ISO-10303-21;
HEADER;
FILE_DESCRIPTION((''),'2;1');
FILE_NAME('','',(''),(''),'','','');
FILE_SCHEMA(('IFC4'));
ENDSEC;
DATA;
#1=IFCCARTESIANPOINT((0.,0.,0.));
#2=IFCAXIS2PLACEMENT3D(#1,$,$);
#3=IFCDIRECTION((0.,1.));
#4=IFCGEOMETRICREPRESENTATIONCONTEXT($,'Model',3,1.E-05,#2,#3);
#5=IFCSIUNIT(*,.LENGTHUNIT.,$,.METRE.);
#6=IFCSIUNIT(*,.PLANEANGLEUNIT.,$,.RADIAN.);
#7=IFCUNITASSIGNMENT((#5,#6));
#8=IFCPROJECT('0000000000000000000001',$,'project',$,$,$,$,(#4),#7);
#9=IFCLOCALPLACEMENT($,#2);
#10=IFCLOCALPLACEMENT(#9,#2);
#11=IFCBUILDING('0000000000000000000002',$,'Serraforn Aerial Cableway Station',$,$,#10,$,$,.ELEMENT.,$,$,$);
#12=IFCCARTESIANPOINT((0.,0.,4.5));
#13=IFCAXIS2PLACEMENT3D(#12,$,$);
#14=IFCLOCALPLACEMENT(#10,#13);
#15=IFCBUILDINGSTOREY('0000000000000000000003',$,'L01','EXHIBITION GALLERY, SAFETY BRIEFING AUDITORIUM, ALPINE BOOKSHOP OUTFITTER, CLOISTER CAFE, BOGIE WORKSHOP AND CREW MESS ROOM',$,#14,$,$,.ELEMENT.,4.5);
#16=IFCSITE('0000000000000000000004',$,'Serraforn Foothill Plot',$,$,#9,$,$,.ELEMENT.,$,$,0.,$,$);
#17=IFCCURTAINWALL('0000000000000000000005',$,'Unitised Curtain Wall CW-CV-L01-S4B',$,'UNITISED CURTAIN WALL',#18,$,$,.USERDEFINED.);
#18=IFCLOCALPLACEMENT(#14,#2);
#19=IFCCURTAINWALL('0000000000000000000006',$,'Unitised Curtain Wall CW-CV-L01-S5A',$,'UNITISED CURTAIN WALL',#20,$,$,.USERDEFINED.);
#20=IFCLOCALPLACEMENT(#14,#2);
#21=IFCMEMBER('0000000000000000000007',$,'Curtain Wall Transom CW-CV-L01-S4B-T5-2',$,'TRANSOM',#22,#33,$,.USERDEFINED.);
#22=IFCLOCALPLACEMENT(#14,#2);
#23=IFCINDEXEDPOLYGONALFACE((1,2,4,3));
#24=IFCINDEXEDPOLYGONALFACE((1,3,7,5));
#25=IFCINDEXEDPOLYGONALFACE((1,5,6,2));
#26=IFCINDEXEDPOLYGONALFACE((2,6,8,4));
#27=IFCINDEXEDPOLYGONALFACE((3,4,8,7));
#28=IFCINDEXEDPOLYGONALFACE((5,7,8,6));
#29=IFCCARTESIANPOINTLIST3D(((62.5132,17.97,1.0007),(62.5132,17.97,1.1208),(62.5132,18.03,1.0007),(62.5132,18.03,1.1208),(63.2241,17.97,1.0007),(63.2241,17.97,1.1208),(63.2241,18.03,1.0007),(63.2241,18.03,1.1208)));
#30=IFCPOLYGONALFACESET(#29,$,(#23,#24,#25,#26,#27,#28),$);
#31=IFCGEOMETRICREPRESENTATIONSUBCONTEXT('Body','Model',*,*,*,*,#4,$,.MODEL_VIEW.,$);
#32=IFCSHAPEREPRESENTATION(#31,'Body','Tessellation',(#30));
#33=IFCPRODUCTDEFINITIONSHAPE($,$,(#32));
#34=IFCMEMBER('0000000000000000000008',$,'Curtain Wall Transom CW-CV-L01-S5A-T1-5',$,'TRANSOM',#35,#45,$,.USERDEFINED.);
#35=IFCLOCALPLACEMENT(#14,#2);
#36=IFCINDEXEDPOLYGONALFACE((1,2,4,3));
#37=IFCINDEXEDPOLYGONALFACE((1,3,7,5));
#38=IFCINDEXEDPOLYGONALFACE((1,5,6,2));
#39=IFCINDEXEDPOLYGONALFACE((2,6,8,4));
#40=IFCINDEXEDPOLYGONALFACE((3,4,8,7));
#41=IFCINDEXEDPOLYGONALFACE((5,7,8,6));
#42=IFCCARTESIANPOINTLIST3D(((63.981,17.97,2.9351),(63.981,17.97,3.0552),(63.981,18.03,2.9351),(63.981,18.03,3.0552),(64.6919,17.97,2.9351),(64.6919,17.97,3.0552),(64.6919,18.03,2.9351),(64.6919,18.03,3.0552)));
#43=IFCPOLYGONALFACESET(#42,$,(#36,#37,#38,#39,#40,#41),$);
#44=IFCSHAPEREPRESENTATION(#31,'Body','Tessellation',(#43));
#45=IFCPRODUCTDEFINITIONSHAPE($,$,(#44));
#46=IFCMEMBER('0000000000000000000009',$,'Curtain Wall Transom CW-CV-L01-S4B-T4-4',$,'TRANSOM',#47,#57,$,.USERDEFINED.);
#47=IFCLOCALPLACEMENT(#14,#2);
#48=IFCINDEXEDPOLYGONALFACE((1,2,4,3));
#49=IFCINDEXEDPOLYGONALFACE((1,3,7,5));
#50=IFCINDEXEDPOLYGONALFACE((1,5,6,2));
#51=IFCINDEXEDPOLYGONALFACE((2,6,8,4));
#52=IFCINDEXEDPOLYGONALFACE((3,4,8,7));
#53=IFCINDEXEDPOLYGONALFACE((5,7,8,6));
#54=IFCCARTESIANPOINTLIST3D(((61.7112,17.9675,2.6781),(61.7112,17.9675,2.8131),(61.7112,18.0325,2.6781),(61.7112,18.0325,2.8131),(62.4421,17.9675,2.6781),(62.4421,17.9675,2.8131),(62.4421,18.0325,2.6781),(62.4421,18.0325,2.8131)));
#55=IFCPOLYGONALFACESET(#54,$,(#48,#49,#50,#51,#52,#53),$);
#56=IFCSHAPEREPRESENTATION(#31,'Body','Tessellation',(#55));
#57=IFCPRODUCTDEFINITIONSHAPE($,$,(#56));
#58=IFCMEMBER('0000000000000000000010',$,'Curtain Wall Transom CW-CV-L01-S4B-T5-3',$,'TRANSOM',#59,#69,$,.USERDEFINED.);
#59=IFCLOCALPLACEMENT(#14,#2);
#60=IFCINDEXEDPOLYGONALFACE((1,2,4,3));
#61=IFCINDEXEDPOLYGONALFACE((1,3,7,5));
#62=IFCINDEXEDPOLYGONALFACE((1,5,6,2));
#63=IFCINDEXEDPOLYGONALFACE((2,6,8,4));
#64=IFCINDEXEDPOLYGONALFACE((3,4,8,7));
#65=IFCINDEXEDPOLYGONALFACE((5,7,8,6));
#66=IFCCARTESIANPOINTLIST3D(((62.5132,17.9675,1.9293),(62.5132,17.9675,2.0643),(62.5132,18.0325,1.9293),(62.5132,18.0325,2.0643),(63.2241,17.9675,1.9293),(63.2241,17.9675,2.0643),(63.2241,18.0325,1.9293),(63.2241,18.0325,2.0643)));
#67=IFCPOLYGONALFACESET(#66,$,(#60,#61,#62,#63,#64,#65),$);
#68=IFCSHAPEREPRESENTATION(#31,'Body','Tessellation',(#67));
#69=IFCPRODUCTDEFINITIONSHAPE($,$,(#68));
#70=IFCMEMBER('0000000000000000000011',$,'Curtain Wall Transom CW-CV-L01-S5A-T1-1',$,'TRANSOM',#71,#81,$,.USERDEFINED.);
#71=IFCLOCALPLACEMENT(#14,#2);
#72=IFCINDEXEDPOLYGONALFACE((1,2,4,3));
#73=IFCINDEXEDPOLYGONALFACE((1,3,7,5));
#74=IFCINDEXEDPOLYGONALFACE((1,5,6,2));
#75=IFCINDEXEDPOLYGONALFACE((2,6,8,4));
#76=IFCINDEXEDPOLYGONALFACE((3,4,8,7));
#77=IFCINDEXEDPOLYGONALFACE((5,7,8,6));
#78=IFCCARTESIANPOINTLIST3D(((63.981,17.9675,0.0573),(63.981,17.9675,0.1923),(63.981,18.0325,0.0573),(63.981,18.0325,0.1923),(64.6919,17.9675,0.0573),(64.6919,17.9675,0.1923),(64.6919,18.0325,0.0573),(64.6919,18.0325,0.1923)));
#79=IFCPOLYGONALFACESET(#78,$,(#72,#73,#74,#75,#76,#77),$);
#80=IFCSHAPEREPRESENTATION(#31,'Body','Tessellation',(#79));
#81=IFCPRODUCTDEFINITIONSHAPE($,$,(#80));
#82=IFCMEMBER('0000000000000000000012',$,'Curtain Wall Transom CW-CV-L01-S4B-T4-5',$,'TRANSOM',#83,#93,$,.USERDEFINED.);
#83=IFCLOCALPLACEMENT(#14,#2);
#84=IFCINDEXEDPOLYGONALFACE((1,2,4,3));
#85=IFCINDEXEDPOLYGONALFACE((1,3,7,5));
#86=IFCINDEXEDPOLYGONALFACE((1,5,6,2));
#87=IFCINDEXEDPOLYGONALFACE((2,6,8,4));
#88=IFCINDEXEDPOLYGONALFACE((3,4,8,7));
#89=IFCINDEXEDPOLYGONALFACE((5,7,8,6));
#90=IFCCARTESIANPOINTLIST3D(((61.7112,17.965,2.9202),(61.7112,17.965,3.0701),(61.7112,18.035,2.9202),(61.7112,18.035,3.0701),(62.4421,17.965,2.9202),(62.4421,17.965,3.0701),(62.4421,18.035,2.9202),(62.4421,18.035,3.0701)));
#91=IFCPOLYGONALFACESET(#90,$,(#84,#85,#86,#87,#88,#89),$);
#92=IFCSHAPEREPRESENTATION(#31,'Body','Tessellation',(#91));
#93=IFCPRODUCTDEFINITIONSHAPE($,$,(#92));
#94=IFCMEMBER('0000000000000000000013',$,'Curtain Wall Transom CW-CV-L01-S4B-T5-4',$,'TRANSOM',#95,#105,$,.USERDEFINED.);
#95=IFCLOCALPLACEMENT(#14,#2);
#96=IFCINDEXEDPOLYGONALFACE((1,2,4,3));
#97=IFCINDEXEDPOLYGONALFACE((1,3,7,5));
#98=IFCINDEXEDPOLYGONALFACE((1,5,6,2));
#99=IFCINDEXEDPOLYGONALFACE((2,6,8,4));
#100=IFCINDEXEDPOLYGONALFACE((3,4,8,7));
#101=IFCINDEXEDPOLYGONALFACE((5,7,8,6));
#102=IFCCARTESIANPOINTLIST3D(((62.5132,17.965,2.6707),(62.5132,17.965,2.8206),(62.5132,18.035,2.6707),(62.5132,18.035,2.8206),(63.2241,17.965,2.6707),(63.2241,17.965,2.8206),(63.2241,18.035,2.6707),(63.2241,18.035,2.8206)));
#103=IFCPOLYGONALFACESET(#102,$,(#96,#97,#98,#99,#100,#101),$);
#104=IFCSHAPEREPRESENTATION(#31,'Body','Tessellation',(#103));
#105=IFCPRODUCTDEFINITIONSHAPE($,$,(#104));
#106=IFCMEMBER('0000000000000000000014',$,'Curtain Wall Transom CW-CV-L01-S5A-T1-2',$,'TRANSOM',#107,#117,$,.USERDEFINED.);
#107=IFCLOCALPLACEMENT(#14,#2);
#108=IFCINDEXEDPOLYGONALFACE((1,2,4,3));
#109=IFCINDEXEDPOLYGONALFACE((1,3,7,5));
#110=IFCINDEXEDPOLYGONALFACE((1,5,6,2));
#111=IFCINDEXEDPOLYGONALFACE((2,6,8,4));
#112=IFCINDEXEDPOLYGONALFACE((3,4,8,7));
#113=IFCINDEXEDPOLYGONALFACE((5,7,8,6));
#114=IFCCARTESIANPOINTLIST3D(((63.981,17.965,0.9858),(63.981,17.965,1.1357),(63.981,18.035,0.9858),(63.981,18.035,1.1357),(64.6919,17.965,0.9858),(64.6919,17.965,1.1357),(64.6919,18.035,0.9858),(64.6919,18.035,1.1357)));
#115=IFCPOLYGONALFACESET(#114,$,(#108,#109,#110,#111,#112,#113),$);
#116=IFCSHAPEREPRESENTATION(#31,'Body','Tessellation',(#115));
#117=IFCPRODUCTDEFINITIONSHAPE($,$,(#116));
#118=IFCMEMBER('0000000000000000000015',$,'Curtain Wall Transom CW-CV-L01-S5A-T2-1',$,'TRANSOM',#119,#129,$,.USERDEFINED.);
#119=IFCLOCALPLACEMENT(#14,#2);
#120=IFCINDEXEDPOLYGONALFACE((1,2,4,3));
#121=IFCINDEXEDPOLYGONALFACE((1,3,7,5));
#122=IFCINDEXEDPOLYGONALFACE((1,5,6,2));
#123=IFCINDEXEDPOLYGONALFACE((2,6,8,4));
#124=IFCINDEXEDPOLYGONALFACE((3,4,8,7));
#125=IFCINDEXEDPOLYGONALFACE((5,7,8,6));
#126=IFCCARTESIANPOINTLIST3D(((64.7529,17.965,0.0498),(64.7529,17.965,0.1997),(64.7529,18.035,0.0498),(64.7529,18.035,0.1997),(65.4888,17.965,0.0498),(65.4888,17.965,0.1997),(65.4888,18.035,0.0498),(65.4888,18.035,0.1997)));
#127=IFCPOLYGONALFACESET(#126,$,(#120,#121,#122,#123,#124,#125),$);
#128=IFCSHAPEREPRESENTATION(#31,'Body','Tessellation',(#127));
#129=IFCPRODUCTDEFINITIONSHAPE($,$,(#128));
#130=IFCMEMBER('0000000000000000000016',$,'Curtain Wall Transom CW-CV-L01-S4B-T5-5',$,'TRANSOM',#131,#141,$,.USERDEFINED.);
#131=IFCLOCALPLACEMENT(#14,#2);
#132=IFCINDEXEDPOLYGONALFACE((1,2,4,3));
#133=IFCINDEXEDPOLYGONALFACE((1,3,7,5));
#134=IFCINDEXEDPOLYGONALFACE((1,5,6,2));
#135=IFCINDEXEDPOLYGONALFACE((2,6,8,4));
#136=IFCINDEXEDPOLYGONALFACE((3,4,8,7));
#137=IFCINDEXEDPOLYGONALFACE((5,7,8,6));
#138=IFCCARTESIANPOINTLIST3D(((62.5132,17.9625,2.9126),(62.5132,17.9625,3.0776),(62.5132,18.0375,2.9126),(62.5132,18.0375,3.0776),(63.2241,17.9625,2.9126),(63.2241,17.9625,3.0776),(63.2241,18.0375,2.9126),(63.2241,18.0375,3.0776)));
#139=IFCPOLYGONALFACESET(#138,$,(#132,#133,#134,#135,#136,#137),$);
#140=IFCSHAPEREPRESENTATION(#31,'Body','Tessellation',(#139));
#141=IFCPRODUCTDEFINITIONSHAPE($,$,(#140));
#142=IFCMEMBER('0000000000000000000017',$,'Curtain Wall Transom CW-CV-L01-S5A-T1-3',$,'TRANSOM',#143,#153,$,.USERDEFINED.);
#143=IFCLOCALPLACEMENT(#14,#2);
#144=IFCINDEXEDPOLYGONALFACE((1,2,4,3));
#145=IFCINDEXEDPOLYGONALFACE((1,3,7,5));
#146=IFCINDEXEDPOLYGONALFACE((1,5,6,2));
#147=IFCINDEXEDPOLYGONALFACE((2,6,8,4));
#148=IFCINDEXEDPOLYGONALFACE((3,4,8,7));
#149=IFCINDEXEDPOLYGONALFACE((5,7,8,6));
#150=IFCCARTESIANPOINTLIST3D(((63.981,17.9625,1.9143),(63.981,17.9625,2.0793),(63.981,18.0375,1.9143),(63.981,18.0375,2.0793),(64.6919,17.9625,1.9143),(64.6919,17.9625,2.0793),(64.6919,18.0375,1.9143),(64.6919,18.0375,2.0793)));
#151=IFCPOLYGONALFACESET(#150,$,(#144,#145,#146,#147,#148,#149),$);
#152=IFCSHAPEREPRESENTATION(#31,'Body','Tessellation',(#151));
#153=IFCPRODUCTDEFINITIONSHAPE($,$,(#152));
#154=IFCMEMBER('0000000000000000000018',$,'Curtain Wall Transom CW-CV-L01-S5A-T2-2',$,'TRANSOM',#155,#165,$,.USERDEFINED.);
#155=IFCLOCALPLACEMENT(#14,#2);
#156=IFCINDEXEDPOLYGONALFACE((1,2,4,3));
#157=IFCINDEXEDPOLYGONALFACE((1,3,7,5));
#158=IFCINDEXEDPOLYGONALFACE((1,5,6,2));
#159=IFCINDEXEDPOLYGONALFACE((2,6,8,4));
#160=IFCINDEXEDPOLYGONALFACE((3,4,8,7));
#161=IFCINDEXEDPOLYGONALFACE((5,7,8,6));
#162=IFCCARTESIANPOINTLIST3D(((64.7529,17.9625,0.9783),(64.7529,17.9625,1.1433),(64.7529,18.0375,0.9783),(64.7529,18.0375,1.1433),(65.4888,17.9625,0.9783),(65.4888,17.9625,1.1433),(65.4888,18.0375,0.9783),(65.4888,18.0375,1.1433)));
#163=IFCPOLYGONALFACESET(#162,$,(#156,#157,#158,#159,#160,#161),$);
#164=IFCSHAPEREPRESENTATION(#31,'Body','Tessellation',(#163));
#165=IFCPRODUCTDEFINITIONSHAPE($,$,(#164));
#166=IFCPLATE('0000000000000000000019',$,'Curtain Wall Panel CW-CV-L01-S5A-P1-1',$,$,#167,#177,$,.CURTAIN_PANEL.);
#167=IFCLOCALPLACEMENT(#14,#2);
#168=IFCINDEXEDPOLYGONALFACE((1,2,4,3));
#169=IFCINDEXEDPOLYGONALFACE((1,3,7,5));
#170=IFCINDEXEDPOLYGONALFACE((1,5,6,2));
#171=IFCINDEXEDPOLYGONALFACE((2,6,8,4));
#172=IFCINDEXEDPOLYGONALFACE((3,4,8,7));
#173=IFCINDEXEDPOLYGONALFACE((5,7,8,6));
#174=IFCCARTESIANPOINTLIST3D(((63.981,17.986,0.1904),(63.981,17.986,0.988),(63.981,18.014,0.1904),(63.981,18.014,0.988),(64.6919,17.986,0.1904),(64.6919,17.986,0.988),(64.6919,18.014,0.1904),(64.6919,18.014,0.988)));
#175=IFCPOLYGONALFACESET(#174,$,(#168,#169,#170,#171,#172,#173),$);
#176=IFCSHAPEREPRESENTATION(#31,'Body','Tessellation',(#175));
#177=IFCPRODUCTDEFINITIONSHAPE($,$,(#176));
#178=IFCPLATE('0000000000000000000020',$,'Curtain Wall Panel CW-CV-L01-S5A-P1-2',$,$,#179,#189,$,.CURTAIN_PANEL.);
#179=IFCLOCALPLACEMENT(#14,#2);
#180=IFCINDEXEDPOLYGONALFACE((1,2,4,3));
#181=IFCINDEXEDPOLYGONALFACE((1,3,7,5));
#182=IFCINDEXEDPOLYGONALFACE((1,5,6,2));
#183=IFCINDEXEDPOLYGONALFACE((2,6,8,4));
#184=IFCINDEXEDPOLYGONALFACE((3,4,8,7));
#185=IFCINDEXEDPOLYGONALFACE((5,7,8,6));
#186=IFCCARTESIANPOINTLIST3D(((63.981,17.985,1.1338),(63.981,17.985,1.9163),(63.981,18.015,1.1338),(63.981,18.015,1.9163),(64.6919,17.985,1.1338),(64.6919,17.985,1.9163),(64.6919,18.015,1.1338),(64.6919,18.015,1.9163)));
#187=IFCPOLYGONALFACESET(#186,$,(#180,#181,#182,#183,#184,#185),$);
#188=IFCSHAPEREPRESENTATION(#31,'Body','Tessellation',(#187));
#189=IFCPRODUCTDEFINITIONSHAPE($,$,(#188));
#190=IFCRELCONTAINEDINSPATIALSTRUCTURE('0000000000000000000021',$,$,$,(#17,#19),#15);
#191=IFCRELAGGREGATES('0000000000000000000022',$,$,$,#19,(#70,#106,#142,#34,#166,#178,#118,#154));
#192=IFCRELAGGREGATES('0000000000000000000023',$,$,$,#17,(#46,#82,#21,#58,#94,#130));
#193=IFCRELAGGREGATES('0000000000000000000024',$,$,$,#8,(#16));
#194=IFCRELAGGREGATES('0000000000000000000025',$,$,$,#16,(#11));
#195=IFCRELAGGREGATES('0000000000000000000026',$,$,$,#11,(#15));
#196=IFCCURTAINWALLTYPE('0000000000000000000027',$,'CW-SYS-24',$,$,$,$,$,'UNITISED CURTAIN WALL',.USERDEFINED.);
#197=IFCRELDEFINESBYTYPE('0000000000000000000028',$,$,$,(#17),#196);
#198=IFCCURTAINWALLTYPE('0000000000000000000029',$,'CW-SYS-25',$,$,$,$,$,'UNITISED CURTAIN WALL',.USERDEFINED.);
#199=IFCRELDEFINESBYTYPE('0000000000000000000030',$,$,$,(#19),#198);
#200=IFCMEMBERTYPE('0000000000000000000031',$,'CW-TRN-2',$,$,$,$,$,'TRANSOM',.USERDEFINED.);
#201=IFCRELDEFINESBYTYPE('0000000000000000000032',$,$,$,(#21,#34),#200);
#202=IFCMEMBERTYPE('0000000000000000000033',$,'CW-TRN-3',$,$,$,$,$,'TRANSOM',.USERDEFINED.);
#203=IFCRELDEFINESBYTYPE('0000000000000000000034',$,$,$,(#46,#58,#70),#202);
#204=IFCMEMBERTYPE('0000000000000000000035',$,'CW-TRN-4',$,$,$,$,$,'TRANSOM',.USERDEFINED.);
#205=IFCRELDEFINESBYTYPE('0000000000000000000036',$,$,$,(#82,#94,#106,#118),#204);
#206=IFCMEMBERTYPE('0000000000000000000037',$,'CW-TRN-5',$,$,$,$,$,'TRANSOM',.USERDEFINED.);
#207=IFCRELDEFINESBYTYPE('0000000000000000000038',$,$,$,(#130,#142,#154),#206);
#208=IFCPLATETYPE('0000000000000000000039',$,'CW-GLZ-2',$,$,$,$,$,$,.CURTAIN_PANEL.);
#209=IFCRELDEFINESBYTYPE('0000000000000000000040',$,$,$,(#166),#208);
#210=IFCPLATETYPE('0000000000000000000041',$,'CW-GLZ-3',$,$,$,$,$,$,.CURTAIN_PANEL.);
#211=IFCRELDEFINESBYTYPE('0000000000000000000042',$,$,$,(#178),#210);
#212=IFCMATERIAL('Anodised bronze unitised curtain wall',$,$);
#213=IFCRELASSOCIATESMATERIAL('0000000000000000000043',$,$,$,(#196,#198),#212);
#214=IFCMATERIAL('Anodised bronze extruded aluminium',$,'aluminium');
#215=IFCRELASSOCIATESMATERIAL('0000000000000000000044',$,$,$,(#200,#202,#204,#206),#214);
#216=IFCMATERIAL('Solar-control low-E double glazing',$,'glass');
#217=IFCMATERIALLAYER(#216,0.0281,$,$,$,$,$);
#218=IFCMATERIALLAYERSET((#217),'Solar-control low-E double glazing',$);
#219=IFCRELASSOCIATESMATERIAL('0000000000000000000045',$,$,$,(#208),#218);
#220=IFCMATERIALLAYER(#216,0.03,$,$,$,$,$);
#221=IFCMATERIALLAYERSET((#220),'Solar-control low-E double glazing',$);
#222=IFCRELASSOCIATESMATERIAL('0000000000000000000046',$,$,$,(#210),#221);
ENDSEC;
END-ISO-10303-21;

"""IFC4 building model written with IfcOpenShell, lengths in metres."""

from ifc_helpers import new_model, si_unit, direction, frame, origin, origin_2d, place, context, subcontext, project, spatial, rectangle, extrude, material, layer, layer_set, material_profile, profile_set, type_object, element, aggregate, save


model = new_model("IFC4")

# Units and contexts
model_context = context("Model", 3, precision=1e-05, world=origin(), true_north=direction((0.0, 1.0)))
body_context = subcontext(model_context, "Body", "Model", "MODEL_VIEW")
ifc_project = project(units=[si_unit("LENGTHUNIT", "METRE"), si_unit("PLANEANGLEUNIT", "RADIAN")], contexts=[model_context])

# Site, building, storey
site_placement = place(None, origin())
site = spatial("IfcSite", under=ifc_project, at=site_placement, Name="Serraforn Foothill Plot", CompositionType="ELEMENT", RefElevation=0.0)
building_placement = place(site_placement, origin())
building = spatial("IfcBuilding", under=site, at=building_placement, Name="Serraforn Aerial Cableway Station", CompositionType="ELEMENT")
storey_placement = place(building_placement, frame((0.0, 0.0, 4.5)))
storey = spatial("IfcBuildingStorey", under=building, at=storey_placement, Name="L01", Description="EXHIBITION GALLERY, SAFETY BRIEFING AUDITORIUM, ALPINE BOOKSHOP OUTFITTER, CLOISTER CAFE, BOGIE WORKSHOP AND CREW MESS ROOM", CompositionType="ELEMENT", Elevation=4.5)

# Curtain wall
ifc_material_1 = material(Name="Anodised bronze unitised curtain wall")
curtain_wall_type_1 = type_object("IfcCurtainWallType", Name="CW-SYS-24", ElementType="UNITISED CURTAIN WALL", PredefinedType="USERDEFINED", material=ifc_material_1)
curtain_wall_1_placement = place(storey_placement, origin())
curtain_wall_1 = element("IfcCurtainWall", 1, at=curtain_wall_1_placement, inside=storey, type_object=curtain_wall_type_1, Name="Unitised Curtain Wall CW-CV-L01-S4B", ObjectType="UNITISED CURTAIN WALL", PredefinedType="USERDEFINED")
ifc_material_2 = material(Name="Anodised bronze extruded aluminium", Category="aluminium")

# Curtain wall
curtain_wall_type_2 = type_object("IfcCurtainWallType", Name="CW-SYS-25", ElementType="UNITISED CURTAIN WALL", PredefinedType="USERDEFINED", material=ifc_material_1)
curtain_wall_2_placement = place(storey_placement, origin())
curtain_wall_2 = element("IfcCurtainWall", 2, at=curtain_wall_2_placement, inside=storey, type_object=curtain_wall_type_2, Name="Unitised Curtain Wall CW-CV-L01-S5A", ObjectType="UNITISED CURTAIN WALL", PredefinedType="USERDEFINED")

# Members
ifc_material_profile_1 = material_profile(ifc_material_2, rectangle(XDim=0.0601, YDim=0.1201, at=origin_2d()), Name="CW TRANSOM 60x120")
ifc_profile_set_1 = profile_set([ifc_material_profile_1], Name="Anodised bronze extruded aluminium")
member_type_1 = type_object("IfcMemberType", Name="CW-TRN-2", ElementType="TRANSOM", PredefinedType="USERDEFINED", material=ifc_profile_set_1)
member_1_placement = place(storey_placement, frame((62.5132, 18.0, 1.0608), z_axis=(1.0, 0.0, 0.0), x_axis=(0.0, 1.0, 0.0)))
member_1 = element("IfcMember", 3, at=member_1_placement, type_object=member_type_1, Name="Curtain Wall Transom CW-CV-L01-S4B-T5-2", ObjectType="TRANSOM", PredefinedType="USERDEFINED", context=body_context, shape_type="SweptSolid", body=[
    extrude(rectangle(XDim=0.0601, YDim=0.1201, at=origin_2d()), origin(), (0.0, 0.0, 1.0), 0.7109),
])
member_2_placement = place(storey_placement, frame((63.981, 18.0, 2.9951), z_axis=(1.0, 0.0, 0.0), x_axis=(0.0, 1.0, 0.0)))
member_2 = element("IfcMember", 4, at=member_2_placement, type_object=member_type_1, Name="Curtain Wall Transom CW-CV-L01-S5A-T1-5", ObjectType="TRANSOM", PredefinedType="USERDEFINED", context=body_context, shape_type="SweptSolid", body=[
    extrude(rectangle(XDim=0.0601, YDim=0.1201, at=origin_2d()), origin(), (0.0, 0.0, 1.0), 0.7109),
])
ifc_material_profile_2 = material_profile(ifc_material_2, rectangle(XDim=0.0649, YDim=0.135, at=origin_2d()), Name="CW TRANSOM 65x135")
ifc_profile_set_2 = profile_set([ifc_material_profile_2], Name="Anodised bronze extruded aluminium")
member_type_2 = type_object("IfcMemberType", Name="CW-TRN-3", ElementType="TRANSOM", PredefinedType="USERDEFINED", material=ifc_profile_set_2)
member_3_placement = place(storey_placement, frame((61.7112, 18.0, 2.7456), z_axis=(1.0, 0.0, 0.0), x_axis=(0.0, 1.0, 0.0)))
member_3 = element("IfcMember", 5, at=member_3_placement, type_object=member_type_2, Name="Curtain Wall Transom CW-CV-L01-S4B-T4-4", ObjectType="TRANSOM", PredefinedType="USERDEFINED", context=body_context, shape_type="SweptSolid", body=[
    extrude(rectangle(XDim=0.0649, YDim=0.135, at=origin_2d()), origin(), (0.0, 0.0, 1.0), 0.731),
])
member_4_placement = place(storey_placement, frame((62.5132, 18.0, 1.9968), z_axis=(1.0, 0.0, 0.0), x_axis=(0.0, 1.0, 0.0)))
member_4 = element("IfcMember", 6, at=member_4_placement, type_object=member_type_2, Name="Curtain Wall Transom CW-CV-L01-S4B-T5-3", ObjectType="TRANSOM", PredefinedType="USERDEFINED", context=body_context, shape_type="SweptSolid", body=[
    extrude(rectangle(XDim=0.0649, YDim=0.135, at=origin_2d()), origin(), (0.0, 0.0, 1.0), 0.7109),
])
member_5_placement = place(storey_placement, frame((63.981, 18.0, 0.1248), z_axis=(1.0, 0.0, 0.0), x_axis=(0.0, 1.0, 0.0)))
member_5 = element("IfcMember", 7, at=member_5_placement, type_object=member_type_2, Name="Curtain Wall Transom CW-CV-L01-S5A-T1-1", ObjectType="TRANSOM", PredefinedType="USERDEFINED", context=body_context, shape_type="SweptSolid", body=[
    extrude(rectangle(XDim=0.0649, YDim=0.135, at=origin_2d()), origin(), (0.0, 0.0, 1.0), 0.7109),
])
ifc_material_profile_3 = material_profile(ifc_material_2, rectangle(XDim=0.0701, YDim=0.1499, at=origin_2d()), Name="CW TRANSOM 70x150")
ifc_profile_set_3 = profile_set([ifc_material_profile_3], Name="Anodised bronze extruded aluminium")
member_type_3 = type_object("IfcMemberType", Name="CW-TRN-4", ElementType="TRANSOM", PredefinedType="USERDEFINED", material=ifc_profile_set_3)
member_6_placement = place(storey_placement, frame((61.7112, 18.0, 2.9951), z_axis=(1.0, 0.0, 0.0), x_axis=(0.0, 1.0, 0.0)))
member_6 = element("IfcMember", 8, at=member_6_placement, type_object=member_type_3, Name="Curtain Wall Transom CW-CV-L01-S4B-T4-5", ObjectType="TRANSOM", PredefinedType="USERDEFINED", context=body_context, shape_type="SweptSolid", body=[
    extrude(rectangle(XDim=0.0701, YDim=0.1499, at=origin_2d()), origin(), (0.0, 0.0, 1.0), 0.731),
])
member_7_placement = place(storey_placement, frame((62.5132, 18.0, 2.7456), z_axis=(1.0, 0.0, 0.0), x_axis=(0.0, 1.0, 0.0)))
member_7 = element("IfcMember", 9, at=member_7_placement, type_object=member_type_3, Name="Curtain Wall Transom CW-CV-L01-S4B-T5-4", ObjectType="TRANSOM", PredefinedType="USERDEFINED", context=body_context, shape_type="SweptSolid", body=[
    extrude(rectangle(XDim=0.0701, YDim=0.1499, at=origin_2d()), origin(), (0.0, 0.0, 1.0), 0.7109),
])
member_8_placement = place(storey_placement, frame((63.981, 18.0, 1.0608), z_axis=(1.0, 0.0, 0.0), x_axis=(0.0, 1.0, 0.0)))
member_8 = element("IfcMember", 10, at=member_8_placement, type_object=member_type_3, Name="Curtain Wall Transom CW-CV-L01-S5A-T1-2", ObjectType="TRANSOM", PredefinedType="USERDEFINED", context=body_context, shape_type="SweptSolid", body=[
    extrude(rectangle(XDim=0.0701, YDim=0.1499, at=origin_2d()), origin(), (0.0, 0.0, 1.0), 0.7109),
])
member_9_placement = place(storey_placement, frame((64.7529, 18.0, 0.1248), z_axis=(1.0, 0.0, 0.0), x_axis=(0.0, 1.0, 0.0)))
member_9 = element("IfcMember", 11, at=member_9_placement, type_object=member_type_3, Name="Curtain Wall Transom CW-CV-L01-S5A-T2-1", ObjectType="TRANSOM", PredefinedType="USERDEFINED", context=body_context, shape_type="SweptSolid", body=[
    extrude(rectangle(XDim=0.0701, YDim=0.1499, at=origin_2d()), origin(), (0.0, 0.0, 1.0), 0.7358),
])
ifc_material_profile_4 = material_profile(ifc_material_2, rectangle(XDim=0.075, YDim=0.165, at=origin_2d()), Name="CW TRANSOM 75x165")
ifc_profile_set_4 = profile_set([ifc_material_profile_4], Name="Anodised bronze extruded aluminium")
member_type_4 = type_object("IfcMemberType", Name="CW-TRN-5", ElementType="TRANSOM", PredefinedType="USERDEFINED", material=ifc_profile_set_4)
member_10_placement = place(storey_placement, frame((62.5132, 18.0, 2.9951), z_axis=(1.0, 0.0, 0.0), x_axis=(0.0, 1.0, 0.0)))
member_10 = element("IfcMember", 12, at=member_10_placement, type_object=member_type_4, Name="Curtain Wall Transom CW-CV-L01-S4B-T5-5", ObjectType="TRANSOM", PredefinedType="USERDEFINED", context=body_context, shape_type="SweptSolid", body=[
    extrude(rectangle(XDim=0.075, YDim=0.165, at=origin_2d()), origin(), (0.0, 0.0, 1.0), 0.7109),
])
member_11_placement = place(storey_placement, frame((63.981, 18.0, 1.9968), z_axis=(1.0, 0.0, 0.0), x_axis=(0.0, 1.0, 0.0)))
member_11 = element("IfcMember", 13, at=member_11_placement, type_object=member_type_4, Name="Curtain Wall Transom CW-CV-L01-S5A-T1-3", ObjectType="TRANSOM", PredefinedType="USERDEFINED", context=body_context, shape_type="SweptSolid", body=[
    extrude(rectangle(XDim=0.075, YDim=0.165, at=origin_2d()), origin(), (0.0, 0.0, 1.0), 0.7109),
])
member_12_placement = place(storey_placement, frame((64.7529, 18.0, 1.0608), z_axis=(1.0, 0.0, 0.0), x_axis=(0.0, 1.0, 0.0)))
member_12 = element("IfcMember", 14, at=member_12_placement, type_object=member_type_4, Name="Curtain Wall Transom CW-CV-L01-S5A-T2-2", ObjectType="TRANSOM", PredefinedType="USERDEFINED", context=body_context, shape_type="SweptSolid", body=[
    extrude(rectangle(XDim=0.075, YDim=0.165, at=origin_2d()), origin(), (0.0, 0.0, 1.0), 0.7358),
])

# Plates
ifc_material_3 = material(Name="Solar-control low-E double glazing", Category="glass")
ifc_layer_1 = layer(ifc_material_3, 0.0281)
ifc_layer_set_1 = layer_set([ifc_layer_1], Name="Solar-control low-E double glazing")
plate_type_1 = type_object("IfcPlateType", Name="CW-GLZ-2", PredefinedType="CURTAIN_PANEL", material=ifc_layer_set_1)
plate_1_placement = place(storey_placement, frame((64.3364, 18.0, 0.1904), z_axis=(0.0, 0.0, 1.0), x_axis=(1.0, 0.0, 0.0)))
plate_1 = element("IfcPlate", 15, at=plate_1_placement, type_object=plate_type_1, Name="Curtain Wall Panel CW-CV-L01-S5A-P1-1", PredefinedType="CURTAIN_PANEL", context=body_context, shape_type="SweptSolid", body=[
    extrude(rectangle(XDim=0.7109, YDim=0.0281, at=origin_2d()), origin(), (0.0, 0.0, 1.0), 0.7976),
])
ifc_layer_2 = layer(ifc_material_3, 0.03)
ifc_layer_set_2 = layer_set([ifc_layer_2], Name="Solar-control low-E double glazing")
plate_type_2 = type_object("IfcPlateType", Name="CW-GLZ-3", PredefinedType="CURTAIN_PANEL", material=ifc_layer_set_2)
plate_2_placement = place(storey_placement, frame((64.3364, 18.0, 1.1338), z_axis=(0.0, 0.0, 1.0), x_axis=(1.0, 0.0, 0.0)))
plate_2 = element("IfcPlate", 16, at=plate_2_placement, type_object=plate_type_2, Name="Curtain Wall Panel CW-CV-L01-S5A-P1-2", PredefinedType="CURTAIN_PANEL", context=body_context, shape_type="SweptSolid", body=[
    extrude(rectangle(XDim=0.7109, YDim=0.03, at=origin_2d()), origin(), (0.0, 0.0, 1.0), 0.7825),
])
aggregate(curtain_wall_2, [member_5, member_8, member_11, member_2, plate_1, plate_2, member_9, member_12])
aggregate(curtain_wall_1, [member_3, member_6, member_1, member_4, member_7, member_10])

save(model, "model.ifc")
